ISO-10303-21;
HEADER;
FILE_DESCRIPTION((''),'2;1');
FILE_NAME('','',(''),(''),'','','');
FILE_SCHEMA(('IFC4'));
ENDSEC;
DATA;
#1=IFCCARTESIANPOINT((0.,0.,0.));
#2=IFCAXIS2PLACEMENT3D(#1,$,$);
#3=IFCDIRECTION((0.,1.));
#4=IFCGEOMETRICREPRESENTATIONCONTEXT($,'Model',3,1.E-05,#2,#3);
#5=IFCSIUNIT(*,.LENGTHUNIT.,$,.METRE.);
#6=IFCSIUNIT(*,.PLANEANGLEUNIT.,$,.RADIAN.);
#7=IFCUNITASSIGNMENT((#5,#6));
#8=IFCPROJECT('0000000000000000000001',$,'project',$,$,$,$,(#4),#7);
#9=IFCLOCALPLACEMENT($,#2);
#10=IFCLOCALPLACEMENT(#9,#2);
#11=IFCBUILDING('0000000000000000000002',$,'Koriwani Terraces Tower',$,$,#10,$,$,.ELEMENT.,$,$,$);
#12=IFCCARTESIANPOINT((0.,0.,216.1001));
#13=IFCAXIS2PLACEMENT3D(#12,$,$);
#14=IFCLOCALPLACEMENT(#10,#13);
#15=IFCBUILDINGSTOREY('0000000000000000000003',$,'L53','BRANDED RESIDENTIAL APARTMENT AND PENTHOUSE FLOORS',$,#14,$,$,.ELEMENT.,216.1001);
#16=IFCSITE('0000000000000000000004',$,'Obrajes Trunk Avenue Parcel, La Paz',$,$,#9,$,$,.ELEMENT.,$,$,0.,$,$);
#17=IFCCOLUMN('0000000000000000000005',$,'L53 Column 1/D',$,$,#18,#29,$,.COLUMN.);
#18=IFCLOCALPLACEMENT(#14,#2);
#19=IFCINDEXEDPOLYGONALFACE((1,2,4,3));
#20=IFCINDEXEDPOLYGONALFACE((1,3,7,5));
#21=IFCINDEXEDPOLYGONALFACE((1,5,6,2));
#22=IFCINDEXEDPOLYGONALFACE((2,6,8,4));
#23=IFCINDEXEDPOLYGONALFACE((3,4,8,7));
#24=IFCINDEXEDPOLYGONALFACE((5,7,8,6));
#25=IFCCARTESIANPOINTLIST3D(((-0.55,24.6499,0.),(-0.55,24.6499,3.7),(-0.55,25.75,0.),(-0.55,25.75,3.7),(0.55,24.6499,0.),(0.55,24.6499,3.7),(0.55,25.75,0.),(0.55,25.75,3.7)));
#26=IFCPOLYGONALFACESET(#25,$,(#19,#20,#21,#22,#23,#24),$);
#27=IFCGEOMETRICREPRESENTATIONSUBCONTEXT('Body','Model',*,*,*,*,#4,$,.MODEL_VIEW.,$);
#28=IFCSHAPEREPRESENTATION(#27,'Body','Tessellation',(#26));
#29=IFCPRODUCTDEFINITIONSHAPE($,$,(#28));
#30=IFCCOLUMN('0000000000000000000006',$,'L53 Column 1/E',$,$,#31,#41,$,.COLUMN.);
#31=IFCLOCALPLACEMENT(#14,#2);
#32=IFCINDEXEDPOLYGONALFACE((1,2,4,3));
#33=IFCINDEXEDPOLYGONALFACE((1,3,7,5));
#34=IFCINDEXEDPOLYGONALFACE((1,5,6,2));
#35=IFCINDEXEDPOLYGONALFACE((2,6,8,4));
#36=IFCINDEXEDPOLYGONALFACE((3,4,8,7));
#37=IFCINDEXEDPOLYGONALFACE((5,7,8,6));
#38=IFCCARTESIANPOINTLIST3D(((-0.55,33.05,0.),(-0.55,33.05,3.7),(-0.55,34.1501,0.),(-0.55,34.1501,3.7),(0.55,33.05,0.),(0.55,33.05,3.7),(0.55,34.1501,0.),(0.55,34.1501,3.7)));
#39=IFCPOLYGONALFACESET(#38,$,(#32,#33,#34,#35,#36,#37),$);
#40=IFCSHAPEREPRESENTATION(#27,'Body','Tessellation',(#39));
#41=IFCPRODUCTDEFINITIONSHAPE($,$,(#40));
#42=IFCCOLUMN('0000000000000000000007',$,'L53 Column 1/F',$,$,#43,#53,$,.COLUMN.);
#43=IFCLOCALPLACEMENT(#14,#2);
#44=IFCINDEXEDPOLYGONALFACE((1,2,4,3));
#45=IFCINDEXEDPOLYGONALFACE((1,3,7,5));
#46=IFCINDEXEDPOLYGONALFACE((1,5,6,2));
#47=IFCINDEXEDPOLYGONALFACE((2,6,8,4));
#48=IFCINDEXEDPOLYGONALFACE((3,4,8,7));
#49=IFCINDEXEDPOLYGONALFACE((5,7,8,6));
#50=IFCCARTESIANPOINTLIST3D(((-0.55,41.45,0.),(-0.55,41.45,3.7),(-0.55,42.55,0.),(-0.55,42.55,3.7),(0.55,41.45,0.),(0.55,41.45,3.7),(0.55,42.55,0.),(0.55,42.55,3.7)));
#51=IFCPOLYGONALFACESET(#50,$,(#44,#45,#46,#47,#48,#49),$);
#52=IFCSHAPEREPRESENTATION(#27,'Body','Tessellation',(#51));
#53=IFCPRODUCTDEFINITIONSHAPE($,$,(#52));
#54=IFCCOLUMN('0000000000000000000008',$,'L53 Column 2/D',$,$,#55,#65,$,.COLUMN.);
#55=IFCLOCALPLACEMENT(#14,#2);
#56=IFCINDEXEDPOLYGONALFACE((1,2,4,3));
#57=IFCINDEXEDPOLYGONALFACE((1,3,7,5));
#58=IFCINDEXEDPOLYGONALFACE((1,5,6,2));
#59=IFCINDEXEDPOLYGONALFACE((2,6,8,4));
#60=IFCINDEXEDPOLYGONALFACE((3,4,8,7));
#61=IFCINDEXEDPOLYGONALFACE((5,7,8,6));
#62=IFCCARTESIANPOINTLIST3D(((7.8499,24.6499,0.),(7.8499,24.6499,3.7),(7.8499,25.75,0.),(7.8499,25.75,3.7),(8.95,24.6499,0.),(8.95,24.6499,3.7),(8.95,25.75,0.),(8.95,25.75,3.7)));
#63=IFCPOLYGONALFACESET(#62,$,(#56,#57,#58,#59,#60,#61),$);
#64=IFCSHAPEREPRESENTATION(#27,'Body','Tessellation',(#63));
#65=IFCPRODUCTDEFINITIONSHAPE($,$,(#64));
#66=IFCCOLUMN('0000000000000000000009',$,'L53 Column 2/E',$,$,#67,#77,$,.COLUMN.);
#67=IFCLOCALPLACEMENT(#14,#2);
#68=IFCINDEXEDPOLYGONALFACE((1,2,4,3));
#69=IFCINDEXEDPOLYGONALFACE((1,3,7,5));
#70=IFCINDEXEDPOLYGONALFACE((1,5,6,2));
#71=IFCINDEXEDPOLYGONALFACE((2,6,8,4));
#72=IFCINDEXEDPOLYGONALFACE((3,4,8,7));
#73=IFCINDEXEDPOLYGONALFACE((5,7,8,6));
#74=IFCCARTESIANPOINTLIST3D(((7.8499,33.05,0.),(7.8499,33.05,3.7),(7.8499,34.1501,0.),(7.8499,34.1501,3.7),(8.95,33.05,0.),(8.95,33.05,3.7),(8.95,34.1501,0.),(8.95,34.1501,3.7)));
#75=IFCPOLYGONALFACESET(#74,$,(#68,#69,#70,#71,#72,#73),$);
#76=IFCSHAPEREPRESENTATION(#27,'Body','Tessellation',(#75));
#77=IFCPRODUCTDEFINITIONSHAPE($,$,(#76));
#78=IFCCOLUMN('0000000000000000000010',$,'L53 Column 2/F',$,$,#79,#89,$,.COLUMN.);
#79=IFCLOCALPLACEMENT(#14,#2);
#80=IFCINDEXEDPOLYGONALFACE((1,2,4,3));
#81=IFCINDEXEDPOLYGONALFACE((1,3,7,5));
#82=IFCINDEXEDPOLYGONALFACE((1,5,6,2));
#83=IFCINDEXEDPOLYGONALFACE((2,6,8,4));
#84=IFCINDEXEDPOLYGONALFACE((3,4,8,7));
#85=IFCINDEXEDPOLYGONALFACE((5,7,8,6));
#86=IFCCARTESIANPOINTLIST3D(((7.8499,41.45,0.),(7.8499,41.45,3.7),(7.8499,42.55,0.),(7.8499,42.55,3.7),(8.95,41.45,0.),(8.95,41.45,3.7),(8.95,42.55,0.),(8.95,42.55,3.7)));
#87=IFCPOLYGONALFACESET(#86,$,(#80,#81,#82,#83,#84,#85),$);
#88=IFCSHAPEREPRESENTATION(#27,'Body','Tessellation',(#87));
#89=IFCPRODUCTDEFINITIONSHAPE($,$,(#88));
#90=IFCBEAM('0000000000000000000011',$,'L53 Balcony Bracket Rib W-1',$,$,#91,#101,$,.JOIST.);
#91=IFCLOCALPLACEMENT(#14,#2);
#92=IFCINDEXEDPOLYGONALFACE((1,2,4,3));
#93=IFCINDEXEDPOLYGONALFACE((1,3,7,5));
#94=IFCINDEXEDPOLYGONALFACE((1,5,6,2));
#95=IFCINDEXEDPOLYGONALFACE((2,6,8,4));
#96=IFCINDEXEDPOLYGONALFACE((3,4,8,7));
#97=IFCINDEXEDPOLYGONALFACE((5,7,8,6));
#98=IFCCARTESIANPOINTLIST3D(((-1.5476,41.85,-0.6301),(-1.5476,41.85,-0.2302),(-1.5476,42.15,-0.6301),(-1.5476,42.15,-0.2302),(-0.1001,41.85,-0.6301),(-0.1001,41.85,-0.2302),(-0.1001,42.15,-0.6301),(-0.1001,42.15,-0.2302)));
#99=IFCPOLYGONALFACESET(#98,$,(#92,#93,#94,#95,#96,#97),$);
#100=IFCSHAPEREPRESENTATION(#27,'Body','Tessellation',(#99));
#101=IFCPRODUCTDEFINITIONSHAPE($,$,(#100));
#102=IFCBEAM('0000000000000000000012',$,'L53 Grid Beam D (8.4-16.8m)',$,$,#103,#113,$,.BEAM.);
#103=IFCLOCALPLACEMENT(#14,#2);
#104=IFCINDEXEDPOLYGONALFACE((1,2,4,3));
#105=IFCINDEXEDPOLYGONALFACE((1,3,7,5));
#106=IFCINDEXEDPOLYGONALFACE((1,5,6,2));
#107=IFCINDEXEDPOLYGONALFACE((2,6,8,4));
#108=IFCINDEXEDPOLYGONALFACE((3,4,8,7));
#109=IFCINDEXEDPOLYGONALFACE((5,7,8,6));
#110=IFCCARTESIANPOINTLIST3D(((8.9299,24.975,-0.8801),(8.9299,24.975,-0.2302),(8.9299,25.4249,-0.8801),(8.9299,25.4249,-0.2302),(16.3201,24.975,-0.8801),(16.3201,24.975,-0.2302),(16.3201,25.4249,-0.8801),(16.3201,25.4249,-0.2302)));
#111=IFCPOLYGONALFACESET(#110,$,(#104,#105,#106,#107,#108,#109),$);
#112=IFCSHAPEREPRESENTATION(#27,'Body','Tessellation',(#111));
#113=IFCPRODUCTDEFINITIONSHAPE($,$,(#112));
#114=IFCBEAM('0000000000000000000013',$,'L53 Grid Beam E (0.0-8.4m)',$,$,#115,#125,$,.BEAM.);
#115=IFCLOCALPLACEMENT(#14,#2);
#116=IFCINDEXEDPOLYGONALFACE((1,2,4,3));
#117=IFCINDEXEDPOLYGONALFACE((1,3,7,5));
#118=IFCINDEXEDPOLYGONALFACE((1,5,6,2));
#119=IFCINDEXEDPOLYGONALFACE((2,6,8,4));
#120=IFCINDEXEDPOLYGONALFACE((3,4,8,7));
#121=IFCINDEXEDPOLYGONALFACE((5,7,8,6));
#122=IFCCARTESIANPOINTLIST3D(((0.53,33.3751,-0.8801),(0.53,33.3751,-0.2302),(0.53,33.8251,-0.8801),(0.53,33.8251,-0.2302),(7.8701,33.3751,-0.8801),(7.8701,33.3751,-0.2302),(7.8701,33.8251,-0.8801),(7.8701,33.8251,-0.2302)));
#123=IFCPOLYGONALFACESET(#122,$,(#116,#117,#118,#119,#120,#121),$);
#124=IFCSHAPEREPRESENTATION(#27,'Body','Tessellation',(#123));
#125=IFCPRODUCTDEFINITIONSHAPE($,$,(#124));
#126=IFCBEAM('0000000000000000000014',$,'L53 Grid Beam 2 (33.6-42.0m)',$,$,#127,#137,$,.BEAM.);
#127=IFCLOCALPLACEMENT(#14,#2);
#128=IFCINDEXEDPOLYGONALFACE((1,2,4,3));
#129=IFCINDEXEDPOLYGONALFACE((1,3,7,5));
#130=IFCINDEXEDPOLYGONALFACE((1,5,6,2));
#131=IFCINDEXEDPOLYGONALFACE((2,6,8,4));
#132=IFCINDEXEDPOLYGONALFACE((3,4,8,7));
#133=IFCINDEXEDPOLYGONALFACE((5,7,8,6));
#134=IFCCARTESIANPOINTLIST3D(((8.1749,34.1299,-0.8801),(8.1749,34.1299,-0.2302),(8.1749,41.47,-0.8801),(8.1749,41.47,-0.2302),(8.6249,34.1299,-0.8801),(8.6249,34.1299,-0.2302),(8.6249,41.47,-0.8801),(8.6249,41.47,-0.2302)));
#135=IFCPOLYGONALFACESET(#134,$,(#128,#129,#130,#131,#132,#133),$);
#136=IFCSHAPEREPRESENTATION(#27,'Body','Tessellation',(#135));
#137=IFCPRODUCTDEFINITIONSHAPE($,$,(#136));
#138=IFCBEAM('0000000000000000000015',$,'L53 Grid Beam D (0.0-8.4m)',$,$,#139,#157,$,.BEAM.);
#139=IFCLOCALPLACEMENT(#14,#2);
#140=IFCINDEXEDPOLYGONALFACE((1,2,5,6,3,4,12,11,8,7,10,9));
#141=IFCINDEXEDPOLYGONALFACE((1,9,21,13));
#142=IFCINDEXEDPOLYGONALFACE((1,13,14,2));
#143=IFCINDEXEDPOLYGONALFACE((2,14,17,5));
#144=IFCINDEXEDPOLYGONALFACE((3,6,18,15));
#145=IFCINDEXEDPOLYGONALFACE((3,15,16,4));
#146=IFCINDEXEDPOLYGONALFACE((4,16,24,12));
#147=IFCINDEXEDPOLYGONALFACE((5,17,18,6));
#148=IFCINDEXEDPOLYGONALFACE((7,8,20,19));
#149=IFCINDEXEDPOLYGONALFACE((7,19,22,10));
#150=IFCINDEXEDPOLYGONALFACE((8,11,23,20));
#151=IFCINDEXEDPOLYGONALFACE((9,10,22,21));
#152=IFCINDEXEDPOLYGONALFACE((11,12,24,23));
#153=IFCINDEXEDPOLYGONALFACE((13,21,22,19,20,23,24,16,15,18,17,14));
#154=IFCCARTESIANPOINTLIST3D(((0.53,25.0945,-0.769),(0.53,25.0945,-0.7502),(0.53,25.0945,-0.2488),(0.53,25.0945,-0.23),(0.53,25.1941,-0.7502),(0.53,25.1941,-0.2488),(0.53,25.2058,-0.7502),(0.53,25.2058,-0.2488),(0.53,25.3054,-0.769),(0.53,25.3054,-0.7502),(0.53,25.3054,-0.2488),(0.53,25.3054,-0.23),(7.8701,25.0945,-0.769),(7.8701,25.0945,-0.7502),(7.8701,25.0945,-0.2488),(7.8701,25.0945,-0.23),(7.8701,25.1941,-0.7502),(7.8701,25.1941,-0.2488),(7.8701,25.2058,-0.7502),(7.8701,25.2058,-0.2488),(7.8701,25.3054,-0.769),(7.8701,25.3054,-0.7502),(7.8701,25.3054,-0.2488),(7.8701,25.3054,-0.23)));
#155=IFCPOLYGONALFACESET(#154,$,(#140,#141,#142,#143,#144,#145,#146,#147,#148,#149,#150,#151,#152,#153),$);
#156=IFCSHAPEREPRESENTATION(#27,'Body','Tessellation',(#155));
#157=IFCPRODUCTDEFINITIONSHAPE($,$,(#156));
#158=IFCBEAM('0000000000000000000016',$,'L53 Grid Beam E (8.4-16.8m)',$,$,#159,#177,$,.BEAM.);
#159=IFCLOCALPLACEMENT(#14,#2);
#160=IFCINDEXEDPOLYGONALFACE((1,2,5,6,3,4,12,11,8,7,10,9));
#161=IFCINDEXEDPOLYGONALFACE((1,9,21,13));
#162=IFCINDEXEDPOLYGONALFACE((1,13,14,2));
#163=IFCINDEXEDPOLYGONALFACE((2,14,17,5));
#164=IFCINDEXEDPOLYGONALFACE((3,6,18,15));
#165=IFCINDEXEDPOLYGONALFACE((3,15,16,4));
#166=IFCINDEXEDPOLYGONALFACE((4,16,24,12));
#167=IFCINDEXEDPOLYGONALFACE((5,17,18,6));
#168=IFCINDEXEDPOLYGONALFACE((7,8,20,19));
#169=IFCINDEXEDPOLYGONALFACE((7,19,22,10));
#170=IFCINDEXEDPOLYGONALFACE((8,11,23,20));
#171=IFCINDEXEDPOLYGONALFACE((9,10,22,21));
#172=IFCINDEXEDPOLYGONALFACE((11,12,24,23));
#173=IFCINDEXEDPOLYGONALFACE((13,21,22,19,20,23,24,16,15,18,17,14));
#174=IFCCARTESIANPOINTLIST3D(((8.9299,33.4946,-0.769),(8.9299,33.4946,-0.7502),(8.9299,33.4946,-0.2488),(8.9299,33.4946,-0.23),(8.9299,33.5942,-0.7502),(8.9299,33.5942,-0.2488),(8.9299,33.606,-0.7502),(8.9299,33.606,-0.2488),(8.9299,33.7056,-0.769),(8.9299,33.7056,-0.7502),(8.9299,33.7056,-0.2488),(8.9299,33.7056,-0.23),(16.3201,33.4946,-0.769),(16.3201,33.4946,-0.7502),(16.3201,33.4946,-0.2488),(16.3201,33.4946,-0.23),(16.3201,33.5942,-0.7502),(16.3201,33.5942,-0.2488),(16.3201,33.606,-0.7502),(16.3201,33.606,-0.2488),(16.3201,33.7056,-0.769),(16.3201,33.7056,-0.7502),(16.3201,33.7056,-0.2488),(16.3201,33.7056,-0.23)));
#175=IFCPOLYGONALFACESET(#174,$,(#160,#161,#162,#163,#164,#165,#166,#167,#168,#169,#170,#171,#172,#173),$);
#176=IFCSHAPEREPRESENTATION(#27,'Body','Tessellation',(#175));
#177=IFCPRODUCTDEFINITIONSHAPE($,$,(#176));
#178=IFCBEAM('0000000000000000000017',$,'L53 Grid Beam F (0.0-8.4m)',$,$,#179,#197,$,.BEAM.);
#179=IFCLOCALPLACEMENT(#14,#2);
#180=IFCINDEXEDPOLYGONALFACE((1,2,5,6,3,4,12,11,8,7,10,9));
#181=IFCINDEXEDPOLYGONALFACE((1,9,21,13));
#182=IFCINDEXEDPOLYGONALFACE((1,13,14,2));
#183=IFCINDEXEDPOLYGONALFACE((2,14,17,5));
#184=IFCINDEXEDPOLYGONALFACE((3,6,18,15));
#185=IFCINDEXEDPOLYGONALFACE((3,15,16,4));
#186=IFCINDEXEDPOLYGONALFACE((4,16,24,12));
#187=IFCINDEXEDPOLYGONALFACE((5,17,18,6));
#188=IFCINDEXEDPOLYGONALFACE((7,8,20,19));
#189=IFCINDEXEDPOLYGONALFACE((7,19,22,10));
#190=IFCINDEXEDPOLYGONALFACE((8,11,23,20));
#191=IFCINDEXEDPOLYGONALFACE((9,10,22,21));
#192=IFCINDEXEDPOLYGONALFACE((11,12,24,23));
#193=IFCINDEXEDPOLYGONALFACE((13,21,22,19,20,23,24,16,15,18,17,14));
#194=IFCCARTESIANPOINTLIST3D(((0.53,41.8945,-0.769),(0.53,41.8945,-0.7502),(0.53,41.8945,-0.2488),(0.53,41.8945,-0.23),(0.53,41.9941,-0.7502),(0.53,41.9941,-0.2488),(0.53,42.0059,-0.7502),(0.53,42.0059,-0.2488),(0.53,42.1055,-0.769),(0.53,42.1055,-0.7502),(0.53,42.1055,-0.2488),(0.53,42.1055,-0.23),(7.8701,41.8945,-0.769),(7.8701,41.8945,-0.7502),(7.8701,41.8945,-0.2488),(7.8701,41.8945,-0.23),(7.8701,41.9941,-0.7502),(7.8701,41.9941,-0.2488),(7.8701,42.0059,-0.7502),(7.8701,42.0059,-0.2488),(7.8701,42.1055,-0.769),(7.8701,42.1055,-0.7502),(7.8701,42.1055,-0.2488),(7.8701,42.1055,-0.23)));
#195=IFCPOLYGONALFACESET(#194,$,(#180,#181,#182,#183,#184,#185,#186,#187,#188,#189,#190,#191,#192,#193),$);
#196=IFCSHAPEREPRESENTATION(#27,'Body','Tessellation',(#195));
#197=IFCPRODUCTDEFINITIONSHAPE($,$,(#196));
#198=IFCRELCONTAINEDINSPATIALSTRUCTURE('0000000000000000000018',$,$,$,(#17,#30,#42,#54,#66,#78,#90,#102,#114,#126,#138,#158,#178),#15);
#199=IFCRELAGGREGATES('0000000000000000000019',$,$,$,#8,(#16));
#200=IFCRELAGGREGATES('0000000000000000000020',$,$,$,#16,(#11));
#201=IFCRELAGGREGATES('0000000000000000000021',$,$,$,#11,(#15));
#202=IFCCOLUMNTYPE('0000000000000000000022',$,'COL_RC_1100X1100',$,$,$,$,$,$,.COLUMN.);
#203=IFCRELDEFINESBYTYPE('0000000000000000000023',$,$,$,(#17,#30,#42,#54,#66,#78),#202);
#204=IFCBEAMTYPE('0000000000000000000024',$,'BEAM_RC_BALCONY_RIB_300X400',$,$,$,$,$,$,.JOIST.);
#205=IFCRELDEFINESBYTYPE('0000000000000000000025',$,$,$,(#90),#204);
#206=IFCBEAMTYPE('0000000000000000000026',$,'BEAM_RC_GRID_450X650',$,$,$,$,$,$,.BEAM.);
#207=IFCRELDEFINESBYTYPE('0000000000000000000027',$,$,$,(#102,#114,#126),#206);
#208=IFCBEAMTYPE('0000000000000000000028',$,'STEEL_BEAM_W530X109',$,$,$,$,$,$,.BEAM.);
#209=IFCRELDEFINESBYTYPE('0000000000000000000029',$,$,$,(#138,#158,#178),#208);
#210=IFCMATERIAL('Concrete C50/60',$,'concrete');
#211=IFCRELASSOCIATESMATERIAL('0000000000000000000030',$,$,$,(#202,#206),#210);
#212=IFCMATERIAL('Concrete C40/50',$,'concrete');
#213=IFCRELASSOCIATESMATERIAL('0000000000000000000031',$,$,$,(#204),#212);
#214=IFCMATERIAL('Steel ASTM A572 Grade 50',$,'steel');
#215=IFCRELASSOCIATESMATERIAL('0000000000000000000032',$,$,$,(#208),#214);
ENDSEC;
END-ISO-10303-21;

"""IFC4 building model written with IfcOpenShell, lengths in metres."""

from ifc_helpers import new_model, si_unit, direction, frame, origin, origin_2d, place, context, subcontext, project, spatial, rectangle, i_section, extrude, material, material_profile, profile_set, type_object, element, save


model = new_model("IFC4")

# Units and contexts
model_context = context("Model", 3, precision=1e-05, world=origin(), true_north=direction((0.0, 1.0)))
body_context = subcontext(model_context, "Body", "Model", "MODEL_VIEW")
ifc_project = project(units=[si_unit("LENGTHUNIT", "METRE"), si_unit("PLANEANGLEUNIT", "RADIAN")], contexts=[model_context])

# Site, building, storey
site_placement = place(None, origin())
site = spatial("IfcSite", under=ifc_project, at=site_placement, Name="Obrajes Trunk Avenue Parcel, La Paz", CompositionType="ELEMENT", RefElevation=0.0)
building_placement = place(site_placement, origin())
building = spatial("IfcBuilding", under=site, at=building_placement, Name="Koriwani Terraces Tower", CompositionType="ELEMENT")
storey_placement = place(building_placement, frame((0.0, 0.0, 216.1001)))
storey = spatial("IfcBuildingStorey", under=building, at=storey_placement, Name="L53", Description="BRANDED RESIDENTIAL APARTMENT AND PENTHOUSE FLOORS", CompositionType="ELEMENT", Elevation=216.1001)

# Columns
ifc_material_1 = material(Name="Concrete C50/60", Category="concrete")
ifc_material_profile_1 = material_profile(ifc_material_1, rectangle(XDim=1.1001, YDim=1.1001, at=origin_2d()), Name="Concrete C50/60", Category="LoadBearing")
ifc_profile_set_1 = profile_set([ifc_material_profile_1], Name="Concrete C50/60")
column_type = type_object("IfcColumnType", Name="COL_RC_1100X1100", PredefinedType="COLUMN", material=ifc_profile_set_1)
for number, where, z_axis, x_axis, name in (
    (1, (0.0, 25.2, 0.0), (0.0, 0.0, 1.0), (1.0, 0.0, 0.0), "L53 Column 1/D"),
    (2, (0.0, 33.6001, 0.0), (0.0, 0.0, 1.0), (1.0, 0.0, 0.0), "L53 Column 1/E"),
    (3, (0.0, 42.0, 0.0), (0.0, 0.0, 1.0), (1.0, 0.0, 0.0), "L53 Column 1/F"),
    (4, (8.3999, 25.2, 0.0), (0.0, 0.0, 1.0), (1.0, 0.0, 0.0), "L53 Column 2/D"),
    (5, (8.3999, 33.6001, 0.0), (0.0, 0.0, 1.0), (1.0, 0.0, 0.0), "L53 Column 2/E"),
    (6, (8.3999, 42.0, 0.0), (0.0, 0.0, 1.0), (1.0, 0.0, 0.0), "L53 Column 2/F"),
):
    element("IfcColumn", number, at=place(storey_placement, frame(where, z_axis=z_axis, x_axis=x_axis)), inside=storey, type_object=column_type, Name=name, PredefinedType="COLUMN", context=body_context, shape_type="SweptSolid", body=[
        extrude(rectangle(XDim=1.1001, YDim=1.1001, at=origin_2d()), origin(), (0.0, 0.0, 1.0), 3.7),
    ])

# Beams
ifc_material_2 = material(Name="Concrete C40/50", Category="concrete")
ifc_material_profile_2 = material_profile(ifc_material_2, rectangle(XDim=0.3, YDim=0.3999, at=origin_2d()), Name="Concrete C40/50", Category="LoadBearing")
ifc_profile_set_2 = profile_set([ifc_material_profile_2], Name="Concrete C40/50")
beam_type_1 = type_object("IfcBeamType", Name="BEAM_RC_BALCONY_RIB_300X400", PredefinedType="JOIST", material=ifc_profile_set_2)
beam_1_placement = place(storey_placement, frame((-1.5476, 42.0, -0.4302), z_axis=(1.0, 0.0, 0.0), x_axis=(0.0, 1.0, 0.0)))
element("IfcBeam", 7, at=beam_1_placement, inside=storey, type_object=beam_type_1, Name="L53 Balcony Bracket Rib W-1", PredefinedType="JOIST", context=body_context, shape_type="SweptSolid", body=[
    extrude(rectangle(XDim=0.3, YDim=0.3999, at=origin_2d()), origin(), (0.0, 0.0, 1.0), 1.4475),
])
ifc_material_profile_3 = material_profile(ifc_material_1, rectangle(XDim=0.45, YDim=0.6499, at=origin_2d()), Name="Concrete C50/60", Category="LoadBearing")
ifc_profile_set_3 = profile_set([ifc_material_profile_3], Name="Concrete C50/60")
beam_type_2 = type_object("IfcBeamType", Name="BEAM_RC_GRID_450X650", PredefinedType="BEAM", material=ifc_profile_set_3)
beam_2_placement = place(storey_placement, frame((8.9299, 25.2, -0.5552), z_axis=(1.0, 0.0, 0.0), x_axis=(0.0, 1.0, 0.0)))
element("IfcBeam", 8, at=beam_2_placement, inside=storey, type_object=beam_type_2, Name="L53 Grid Beam D (8.4-16.8m)", PredefinedType="BEAM", context=body_context, shape_type="SweptSolid", body=[
    extrude(rectangle(XDim=0.45, YDim=0.6499, at=origin_2d()), origin(), (0.0, 0.0, 1.0), 7.3901),
])
for number, where, z_axis, x_axis, name in (
    (9, (0.53, 33.6001, -0.5552), (1.0, 0.0, 0.0), (0.0, 1.0, 0.0), "L53 Grid Beam E (0.0-8.4m)"),
    (10, (8.3999, 34.1299, -0.5552), (0.0, 1.0, 0.0), (-1.0, 0.0, 0.0), "L53 Grid Beam 2 (33.6-42.0m)"),
):
    element("IfcBeam", number, at=place(storey_placement, frame(where, z_axis=z_axis, x_axis=x_axis)), inside=storey, type_object=beam_type_2, Name=name, PredefinedType="BEAM", context=body_context, shape_type="SweptSolid", body=[
        extrude(rectangle(XDim=0.45, YDim=0.6499, at=origin_2d()), origin(), (0.0, 0.0, 1.0), 7.3401),
    ])
ifc_material_3 = material(Name="Steel ASTM A572 Grade 50", Category="steel")
ifc_material_profile_4 = material_profile(ifc_material_3, i_section(OverallWidth=0.2109, OverallDepth=0.5391, WebThickness=0.0117, FlangeThickness=0.0188, at=origin_2d()), Name="Steel ASTM A572 Grade 50", Category="LoadBearing")
ifc_profile_set_4 = profile_set([ifc_material_profile_4], Name="Steel ASTM A572 Grade 50")
beam_type_3 = type_object("IfcBeamType", Name="STEEL_BEAM_W530X109", PredefinedType="BEAM", material=ifc_profile_set_4)
beam_3_placement = place(storey_placement, frame((0.53, 25.2, -0.4995), z_axis=(1.0, 0.0, 0.0), x_axis=(0.0, 1.0, 0.0)))
element("IfcBeam", 11, at=beam_3_placement, inside=storey, type_object=beam_type_3, Name="L53 Grid Beam D (0.0-8.4m)", PredefinedType="BEAM", context=body_context, shape_type="SweptSolid", body=[
    extrude(i_section(OverallWidth=0.2109, OverallDepth=0.5391, WebThickness=0.0117, FlangeThickness=0.0188, at=origin_2d()), origin(), (0.0, 0.0, 1.0), 7.3401),
])
beam_4_placement = place(storey_placement, frame((8.9299, 33.6001, -0.4995), z_axis=(1.0, 0.0, 0.0), x_axis=(0.0, 1.0, 0.0)))
element("IfcBeam", 12, at=beam_4_placement, inside=storey, type_object=beam_type_3, Name="L53 Grid Beam E (8.4-16.8m)", PredefinedType="BEAM", context=body_context, shape_type="SweptSolid", body=[
    extrude(i_section(OverallWidth=0.2109, OverallDepth=0.5391, WebThickness=0.0117, FlangeThickness=0.0188, at=origin_2d()), origin(), (0.0, 0.0, 1.0), 7.3901),
])
for number, where, z_axis, x_axis, name in (
    (13, (0.53, 42.0, -0.4995), (1.0, 0.0, 0.0), (0.0, 1.0, 0.0), "L53 Grid Beam F (0.0-8.4m)"),
):
    element("IfcBeam", number, at=place(storey_placement, frame(where, z_axis=z_axis, x_axis=x_axis)), inside=storey, type_object=beam_type_3, Name=name, PredefinedType="BEAM", context=body_context, shape_type="SweptSolid", body=[
        extrude(i_section(OverallWidth=0.2109, OverallDepth=0.5391, WebThickness=0.0117, FlangeThickness=0.0188, at=origin_2d()), origin(), (0.0, 0.0, 1.0), 7.3401),
    ])

save(model, "model.ifc")
